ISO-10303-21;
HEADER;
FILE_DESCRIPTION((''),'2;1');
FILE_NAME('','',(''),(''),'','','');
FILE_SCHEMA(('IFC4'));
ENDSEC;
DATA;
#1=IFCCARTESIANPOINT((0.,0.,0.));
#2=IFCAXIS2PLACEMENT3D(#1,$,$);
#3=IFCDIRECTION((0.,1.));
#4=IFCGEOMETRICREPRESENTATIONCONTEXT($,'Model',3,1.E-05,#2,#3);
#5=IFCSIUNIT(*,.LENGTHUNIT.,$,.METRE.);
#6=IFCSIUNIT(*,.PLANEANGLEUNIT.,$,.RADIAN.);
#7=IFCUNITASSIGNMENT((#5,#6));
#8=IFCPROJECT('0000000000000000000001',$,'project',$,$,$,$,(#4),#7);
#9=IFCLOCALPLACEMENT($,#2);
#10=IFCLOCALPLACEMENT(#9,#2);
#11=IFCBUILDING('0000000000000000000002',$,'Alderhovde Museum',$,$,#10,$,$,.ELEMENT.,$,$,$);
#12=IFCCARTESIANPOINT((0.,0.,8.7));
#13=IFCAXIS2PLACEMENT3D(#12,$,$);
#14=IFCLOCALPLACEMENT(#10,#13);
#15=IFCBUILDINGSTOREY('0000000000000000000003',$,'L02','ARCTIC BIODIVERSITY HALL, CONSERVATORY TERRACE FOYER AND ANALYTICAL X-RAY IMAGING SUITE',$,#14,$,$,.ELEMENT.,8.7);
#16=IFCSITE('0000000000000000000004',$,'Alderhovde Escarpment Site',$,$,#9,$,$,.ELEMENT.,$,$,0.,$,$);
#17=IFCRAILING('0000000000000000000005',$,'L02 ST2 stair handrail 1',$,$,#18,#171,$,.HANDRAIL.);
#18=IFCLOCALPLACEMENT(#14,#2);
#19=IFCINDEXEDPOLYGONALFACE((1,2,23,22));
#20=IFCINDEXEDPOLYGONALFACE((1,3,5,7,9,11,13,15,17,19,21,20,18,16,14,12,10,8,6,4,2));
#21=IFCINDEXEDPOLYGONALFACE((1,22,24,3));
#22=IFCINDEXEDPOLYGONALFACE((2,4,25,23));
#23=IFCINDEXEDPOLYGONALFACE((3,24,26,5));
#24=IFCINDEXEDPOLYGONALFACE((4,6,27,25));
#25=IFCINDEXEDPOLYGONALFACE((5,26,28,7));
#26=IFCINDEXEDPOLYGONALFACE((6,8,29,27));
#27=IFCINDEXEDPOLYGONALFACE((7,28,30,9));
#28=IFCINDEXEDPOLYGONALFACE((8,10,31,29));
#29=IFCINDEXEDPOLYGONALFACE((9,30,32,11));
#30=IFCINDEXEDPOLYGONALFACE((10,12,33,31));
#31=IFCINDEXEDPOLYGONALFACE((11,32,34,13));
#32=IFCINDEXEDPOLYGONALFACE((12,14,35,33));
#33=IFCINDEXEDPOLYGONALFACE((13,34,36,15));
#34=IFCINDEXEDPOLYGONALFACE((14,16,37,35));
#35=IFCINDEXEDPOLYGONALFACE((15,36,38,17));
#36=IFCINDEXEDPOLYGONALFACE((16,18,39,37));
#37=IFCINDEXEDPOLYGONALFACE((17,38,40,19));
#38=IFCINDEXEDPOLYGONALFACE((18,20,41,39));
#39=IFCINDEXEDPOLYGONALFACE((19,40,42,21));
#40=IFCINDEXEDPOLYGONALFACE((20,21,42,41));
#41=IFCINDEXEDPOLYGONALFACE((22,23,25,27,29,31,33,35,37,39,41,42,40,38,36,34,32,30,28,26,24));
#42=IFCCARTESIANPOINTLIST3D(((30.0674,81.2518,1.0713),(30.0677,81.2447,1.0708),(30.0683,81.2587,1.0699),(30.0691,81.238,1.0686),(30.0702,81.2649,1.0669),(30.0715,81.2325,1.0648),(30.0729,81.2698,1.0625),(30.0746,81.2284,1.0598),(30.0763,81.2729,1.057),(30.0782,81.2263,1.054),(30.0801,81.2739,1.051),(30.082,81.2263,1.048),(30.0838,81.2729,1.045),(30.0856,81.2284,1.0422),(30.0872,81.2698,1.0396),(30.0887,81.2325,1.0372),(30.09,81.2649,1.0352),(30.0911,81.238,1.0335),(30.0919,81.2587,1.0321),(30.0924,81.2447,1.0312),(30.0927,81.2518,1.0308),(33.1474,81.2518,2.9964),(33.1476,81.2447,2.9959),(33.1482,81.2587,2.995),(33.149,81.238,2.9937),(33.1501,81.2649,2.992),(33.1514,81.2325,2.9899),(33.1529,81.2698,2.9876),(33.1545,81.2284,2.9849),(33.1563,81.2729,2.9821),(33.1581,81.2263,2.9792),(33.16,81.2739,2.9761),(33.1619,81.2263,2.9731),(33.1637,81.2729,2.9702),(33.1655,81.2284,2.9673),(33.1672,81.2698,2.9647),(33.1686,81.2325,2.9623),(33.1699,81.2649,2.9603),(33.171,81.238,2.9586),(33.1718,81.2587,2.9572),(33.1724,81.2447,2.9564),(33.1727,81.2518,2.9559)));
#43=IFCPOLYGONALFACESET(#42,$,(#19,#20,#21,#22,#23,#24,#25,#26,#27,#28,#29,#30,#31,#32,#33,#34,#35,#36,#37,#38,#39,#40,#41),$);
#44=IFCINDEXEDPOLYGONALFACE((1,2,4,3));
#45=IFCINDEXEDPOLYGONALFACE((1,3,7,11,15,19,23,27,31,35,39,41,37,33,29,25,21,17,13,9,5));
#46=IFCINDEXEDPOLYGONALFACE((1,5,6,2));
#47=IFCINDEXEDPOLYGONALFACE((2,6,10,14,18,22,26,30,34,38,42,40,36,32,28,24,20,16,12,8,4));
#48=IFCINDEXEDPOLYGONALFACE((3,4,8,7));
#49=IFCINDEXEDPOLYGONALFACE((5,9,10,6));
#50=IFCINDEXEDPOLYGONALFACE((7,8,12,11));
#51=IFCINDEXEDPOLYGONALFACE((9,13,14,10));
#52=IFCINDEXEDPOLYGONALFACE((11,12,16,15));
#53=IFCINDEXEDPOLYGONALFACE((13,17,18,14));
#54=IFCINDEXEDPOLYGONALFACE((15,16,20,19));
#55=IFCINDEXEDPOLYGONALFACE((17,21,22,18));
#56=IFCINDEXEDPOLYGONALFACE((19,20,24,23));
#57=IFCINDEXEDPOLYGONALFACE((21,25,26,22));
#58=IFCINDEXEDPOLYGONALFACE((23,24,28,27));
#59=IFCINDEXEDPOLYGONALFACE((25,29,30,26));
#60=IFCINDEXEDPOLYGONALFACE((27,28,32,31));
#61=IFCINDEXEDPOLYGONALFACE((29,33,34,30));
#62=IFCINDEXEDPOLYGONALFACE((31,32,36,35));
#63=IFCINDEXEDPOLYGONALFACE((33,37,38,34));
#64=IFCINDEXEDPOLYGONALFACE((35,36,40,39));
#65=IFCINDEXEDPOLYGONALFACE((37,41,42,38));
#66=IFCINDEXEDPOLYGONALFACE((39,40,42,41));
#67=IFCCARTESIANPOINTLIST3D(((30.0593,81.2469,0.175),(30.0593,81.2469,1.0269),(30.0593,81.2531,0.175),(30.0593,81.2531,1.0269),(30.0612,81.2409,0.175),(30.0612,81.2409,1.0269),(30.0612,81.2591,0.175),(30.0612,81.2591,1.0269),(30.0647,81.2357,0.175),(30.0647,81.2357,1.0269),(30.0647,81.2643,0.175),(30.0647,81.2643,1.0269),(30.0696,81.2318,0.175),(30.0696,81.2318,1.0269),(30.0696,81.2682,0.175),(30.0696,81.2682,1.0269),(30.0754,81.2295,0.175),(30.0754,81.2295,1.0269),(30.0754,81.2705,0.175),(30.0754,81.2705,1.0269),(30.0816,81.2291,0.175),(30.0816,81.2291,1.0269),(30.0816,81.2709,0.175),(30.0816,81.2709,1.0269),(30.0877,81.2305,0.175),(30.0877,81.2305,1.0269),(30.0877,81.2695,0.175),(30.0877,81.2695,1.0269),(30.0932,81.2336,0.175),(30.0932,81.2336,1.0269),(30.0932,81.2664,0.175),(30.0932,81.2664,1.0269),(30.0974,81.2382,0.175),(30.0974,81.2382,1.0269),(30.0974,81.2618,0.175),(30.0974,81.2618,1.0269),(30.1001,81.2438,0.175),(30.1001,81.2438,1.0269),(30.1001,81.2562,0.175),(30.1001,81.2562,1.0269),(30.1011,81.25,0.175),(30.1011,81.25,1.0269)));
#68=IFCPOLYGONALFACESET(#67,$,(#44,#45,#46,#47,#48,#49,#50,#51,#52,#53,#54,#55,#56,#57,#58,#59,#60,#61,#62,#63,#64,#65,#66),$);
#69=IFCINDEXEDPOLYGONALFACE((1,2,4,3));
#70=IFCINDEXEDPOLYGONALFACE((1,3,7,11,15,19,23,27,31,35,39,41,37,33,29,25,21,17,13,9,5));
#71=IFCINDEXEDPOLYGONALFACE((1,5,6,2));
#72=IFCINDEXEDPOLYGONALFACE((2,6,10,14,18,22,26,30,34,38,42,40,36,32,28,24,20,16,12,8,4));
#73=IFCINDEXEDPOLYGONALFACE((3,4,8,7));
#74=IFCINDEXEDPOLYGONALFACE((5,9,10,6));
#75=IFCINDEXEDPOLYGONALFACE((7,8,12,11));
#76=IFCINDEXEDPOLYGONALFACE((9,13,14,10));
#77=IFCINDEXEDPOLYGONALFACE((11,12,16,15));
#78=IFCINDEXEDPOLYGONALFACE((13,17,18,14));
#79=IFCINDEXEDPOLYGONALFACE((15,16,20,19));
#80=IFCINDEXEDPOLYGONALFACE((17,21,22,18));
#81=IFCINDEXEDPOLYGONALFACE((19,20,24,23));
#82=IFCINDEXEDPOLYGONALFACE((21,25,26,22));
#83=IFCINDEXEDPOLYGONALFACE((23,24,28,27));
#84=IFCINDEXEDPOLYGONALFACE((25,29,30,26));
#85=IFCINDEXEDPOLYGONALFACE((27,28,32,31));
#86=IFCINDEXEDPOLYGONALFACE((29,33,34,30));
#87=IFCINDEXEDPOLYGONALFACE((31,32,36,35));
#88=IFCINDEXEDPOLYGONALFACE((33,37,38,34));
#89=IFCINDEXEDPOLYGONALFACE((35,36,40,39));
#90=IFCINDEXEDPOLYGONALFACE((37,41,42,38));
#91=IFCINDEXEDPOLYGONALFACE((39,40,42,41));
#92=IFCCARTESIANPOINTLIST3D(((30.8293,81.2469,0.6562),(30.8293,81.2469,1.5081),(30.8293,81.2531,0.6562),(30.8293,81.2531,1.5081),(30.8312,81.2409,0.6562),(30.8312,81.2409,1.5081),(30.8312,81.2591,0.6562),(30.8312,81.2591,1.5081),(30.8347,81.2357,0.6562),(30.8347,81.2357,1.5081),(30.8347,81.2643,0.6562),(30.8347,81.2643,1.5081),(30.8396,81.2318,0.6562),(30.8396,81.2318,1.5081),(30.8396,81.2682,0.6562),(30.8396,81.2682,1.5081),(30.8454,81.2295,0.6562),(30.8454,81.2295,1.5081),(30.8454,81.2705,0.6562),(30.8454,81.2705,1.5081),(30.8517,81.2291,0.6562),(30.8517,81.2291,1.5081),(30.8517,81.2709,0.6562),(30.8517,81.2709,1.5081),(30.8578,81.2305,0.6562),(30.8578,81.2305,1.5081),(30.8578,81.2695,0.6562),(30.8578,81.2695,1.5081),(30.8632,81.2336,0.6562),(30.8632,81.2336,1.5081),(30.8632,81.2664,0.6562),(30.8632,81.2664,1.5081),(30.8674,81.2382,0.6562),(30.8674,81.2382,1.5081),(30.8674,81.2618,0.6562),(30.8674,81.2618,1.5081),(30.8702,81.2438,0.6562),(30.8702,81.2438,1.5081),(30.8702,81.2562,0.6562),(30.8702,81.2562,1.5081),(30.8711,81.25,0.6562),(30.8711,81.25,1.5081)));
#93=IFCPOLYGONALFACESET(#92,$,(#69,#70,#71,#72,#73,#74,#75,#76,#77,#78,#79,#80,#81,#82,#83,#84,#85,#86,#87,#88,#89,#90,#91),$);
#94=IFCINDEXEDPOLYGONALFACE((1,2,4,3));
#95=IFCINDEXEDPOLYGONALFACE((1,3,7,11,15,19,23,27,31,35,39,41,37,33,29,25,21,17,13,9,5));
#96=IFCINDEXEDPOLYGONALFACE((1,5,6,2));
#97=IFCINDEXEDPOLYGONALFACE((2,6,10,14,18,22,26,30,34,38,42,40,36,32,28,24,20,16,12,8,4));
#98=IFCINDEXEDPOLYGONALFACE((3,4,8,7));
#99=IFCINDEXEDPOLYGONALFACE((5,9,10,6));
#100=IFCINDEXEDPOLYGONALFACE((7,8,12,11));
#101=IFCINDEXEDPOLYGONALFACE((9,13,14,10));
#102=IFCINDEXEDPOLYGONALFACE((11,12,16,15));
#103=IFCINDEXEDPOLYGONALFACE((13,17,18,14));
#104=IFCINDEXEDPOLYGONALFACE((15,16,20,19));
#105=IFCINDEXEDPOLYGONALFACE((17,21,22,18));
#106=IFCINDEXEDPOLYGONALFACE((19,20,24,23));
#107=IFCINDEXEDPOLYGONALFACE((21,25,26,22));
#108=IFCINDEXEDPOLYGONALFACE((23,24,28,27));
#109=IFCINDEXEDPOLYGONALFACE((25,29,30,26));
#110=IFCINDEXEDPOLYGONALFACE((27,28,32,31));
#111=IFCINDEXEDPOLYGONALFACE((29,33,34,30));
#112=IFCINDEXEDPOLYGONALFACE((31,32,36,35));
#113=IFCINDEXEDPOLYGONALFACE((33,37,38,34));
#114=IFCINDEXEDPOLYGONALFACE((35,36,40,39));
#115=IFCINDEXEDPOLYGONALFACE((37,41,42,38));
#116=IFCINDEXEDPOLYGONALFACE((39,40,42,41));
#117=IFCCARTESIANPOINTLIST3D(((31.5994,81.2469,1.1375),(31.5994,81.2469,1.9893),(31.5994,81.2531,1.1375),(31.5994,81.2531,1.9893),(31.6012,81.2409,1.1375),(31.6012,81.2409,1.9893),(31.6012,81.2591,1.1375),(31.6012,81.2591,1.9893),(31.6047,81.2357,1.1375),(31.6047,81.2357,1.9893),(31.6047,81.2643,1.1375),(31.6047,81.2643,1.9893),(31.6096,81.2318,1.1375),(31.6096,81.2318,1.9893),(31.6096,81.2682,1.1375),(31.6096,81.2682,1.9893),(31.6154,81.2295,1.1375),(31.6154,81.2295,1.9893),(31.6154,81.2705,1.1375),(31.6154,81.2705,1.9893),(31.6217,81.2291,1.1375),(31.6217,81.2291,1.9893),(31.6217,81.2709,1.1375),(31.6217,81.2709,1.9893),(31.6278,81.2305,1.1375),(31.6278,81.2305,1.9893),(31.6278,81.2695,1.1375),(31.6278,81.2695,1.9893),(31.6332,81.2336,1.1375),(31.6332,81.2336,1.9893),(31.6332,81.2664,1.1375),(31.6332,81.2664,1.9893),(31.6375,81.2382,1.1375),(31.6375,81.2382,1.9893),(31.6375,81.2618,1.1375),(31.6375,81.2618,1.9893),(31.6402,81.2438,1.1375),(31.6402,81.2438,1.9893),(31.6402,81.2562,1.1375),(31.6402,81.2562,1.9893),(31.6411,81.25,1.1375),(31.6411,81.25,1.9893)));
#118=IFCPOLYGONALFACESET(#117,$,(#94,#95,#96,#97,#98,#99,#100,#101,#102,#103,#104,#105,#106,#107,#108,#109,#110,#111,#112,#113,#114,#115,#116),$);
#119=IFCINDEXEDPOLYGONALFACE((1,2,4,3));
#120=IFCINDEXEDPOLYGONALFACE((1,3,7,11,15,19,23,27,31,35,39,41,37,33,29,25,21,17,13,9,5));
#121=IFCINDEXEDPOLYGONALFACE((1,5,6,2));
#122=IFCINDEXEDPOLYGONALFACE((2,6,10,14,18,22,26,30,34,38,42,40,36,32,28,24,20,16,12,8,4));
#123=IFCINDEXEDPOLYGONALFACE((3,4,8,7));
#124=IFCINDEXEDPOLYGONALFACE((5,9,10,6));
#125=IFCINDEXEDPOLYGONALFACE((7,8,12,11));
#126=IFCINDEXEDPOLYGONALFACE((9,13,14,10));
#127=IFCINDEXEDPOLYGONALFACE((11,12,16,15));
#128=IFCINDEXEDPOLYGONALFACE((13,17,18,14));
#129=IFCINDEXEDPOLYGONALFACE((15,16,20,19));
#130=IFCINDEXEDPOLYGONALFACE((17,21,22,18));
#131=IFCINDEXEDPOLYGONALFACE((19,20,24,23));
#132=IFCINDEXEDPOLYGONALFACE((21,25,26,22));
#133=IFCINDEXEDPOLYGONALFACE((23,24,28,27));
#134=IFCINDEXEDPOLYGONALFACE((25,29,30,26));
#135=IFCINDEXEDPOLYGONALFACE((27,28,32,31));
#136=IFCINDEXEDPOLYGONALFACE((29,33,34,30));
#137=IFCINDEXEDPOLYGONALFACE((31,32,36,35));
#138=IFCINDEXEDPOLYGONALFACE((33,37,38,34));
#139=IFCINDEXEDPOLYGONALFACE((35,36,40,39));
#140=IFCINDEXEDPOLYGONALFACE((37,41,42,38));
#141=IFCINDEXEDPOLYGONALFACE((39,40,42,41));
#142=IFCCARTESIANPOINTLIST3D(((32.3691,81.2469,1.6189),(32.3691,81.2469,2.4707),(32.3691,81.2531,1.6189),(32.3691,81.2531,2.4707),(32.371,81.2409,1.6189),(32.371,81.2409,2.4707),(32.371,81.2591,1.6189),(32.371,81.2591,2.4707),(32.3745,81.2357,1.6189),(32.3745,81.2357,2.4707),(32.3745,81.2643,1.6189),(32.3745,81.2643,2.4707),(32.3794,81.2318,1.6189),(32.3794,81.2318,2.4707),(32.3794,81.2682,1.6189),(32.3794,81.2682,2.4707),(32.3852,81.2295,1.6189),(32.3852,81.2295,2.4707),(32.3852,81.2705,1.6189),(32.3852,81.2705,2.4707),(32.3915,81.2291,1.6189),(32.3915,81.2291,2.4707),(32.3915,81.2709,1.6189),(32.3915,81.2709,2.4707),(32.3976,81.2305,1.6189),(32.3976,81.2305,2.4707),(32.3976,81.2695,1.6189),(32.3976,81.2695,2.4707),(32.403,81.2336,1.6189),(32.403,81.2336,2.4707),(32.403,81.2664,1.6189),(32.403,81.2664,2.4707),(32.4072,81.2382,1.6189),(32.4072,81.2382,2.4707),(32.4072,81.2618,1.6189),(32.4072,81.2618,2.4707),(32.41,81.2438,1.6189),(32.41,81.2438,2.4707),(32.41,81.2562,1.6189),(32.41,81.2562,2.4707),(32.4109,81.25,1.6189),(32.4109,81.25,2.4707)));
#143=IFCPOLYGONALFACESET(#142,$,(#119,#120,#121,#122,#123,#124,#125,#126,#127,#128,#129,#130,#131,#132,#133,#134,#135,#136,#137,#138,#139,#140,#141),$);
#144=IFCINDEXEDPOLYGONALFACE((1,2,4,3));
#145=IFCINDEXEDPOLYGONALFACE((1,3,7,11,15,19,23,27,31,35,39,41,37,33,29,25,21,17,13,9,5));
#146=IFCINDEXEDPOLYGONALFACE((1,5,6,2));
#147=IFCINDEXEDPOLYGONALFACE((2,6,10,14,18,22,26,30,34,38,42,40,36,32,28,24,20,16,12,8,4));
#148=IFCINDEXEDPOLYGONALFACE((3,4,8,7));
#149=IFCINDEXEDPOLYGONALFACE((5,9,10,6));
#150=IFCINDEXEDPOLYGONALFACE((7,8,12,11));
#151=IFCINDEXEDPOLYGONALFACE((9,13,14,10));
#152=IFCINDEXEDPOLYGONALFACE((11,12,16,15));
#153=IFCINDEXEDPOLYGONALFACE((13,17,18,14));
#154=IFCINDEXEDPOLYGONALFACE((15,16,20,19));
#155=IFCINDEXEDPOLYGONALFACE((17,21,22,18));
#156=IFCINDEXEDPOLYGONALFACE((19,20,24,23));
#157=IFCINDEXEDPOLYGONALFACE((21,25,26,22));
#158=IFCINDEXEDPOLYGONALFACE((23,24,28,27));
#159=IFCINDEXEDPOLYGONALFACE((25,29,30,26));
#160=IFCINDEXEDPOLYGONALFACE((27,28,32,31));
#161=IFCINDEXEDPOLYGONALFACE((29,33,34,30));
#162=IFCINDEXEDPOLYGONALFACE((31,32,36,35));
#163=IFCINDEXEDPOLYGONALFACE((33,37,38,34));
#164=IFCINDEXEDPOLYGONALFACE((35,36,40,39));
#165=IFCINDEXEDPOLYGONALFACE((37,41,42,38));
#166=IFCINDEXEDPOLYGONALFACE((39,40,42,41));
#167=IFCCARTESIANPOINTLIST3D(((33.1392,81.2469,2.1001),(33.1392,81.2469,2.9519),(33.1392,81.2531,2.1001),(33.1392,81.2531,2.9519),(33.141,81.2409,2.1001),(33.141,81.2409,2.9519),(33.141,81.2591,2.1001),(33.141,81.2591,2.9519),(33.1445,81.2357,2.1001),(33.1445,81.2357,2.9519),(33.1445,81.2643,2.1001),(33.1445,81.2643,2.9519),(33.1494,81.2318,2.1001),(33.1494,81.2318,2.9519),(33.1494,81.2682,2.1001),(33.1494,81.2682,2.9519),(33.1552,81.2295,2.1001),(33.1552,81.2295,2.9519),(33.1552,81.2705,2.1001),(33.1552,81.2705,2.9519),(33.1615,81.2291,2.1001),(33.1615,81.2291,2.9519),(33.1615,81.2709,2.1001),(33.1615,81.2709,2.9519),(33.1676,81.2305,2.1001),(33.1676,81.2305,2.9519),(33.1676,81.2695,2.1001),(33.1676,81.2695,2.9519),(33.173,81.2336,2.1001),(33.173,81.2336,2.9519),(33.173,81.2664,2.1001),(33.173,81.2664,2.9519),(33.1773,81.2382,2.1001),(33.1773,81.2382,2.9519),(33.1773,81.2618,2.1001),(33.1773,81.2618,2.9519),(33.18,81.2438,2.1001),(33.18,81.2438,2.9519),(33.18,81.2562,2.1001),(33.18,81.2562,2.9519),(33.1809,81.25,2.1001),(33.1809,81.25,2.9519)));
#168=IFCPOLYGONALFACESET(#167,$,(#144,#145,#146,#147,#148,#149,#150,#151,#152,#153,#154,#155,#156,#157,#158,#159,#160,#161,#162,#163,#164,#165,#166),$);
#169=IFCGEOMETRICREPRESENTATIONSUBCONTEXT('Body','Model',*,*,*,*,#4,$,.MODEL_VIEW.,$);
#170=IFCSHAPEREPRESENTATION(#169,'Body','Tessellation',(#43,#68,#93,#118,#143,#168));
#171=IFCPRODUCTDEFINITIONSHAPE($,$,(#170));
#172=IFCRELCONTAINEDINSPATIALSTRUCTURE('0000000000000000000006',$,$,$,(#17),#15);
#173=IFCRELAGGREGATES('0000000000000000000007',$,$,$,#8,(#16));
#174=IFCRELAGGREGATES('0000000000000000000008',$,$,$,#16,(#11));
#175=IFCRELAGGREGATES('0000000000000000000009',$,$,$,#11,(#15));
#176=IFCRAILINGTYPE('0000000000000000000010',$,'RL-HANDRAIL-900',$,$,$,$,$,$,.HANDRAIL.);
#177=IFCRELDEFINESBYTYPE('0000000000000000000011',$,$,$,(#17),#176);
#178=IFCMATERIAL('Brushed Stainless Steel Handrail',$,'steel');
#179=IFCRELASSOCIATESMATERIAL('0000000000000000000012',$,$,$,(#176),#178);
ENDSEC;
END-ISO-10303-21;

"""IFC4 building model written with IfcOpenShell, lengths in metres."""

from ifc_helpers import new_model, si_unit, direction, frame, origin, origin_2d, place, context, subcontext, project, spatial, circle, extrude, material, type_object, element, save


model = new_model("IFC4")

# Units and contexts
model_context = context("Model", 3, precision=1e-05, world=origin(), true_north=direction((0.0, 1.0)))
body_context = subcontext(model_context, "Body", "Model", "MODEL_VIEW")
ifc_project = project(units=[si_unit("LENGTHUNIT", "METRE"), si_unit("PLANEANGLEUNIT", "RADIAN")], contexts=[model_context])

# Site, building, storey
site_placement = place(None, origin())
site = spatial("IfcSite", under=ifc_project, at=site_placement, Name="Alderhovde Escarpment Site", CompositionType="ELEMENT", RefElevation=0.0)
building_placement = place(site_placement, origin())
building = spatial("IfcBuilding", under=site, at=building_placement, Name="Alderhovde Museum", CompositionType="ELEMENT")
storey_placement = place(building_placement, frame((0.0, 0.0, 8.7)))
storey = spatial("IfcBuildingStorey", under=building, at=storey_placement, Name="L02", Description="ARCTIC BIODIVERSITY HALL, CONSERVATORY TERRACE FOYER AND ANALYTICAL X-RAY IMAGING SUITE", CompositionType="ELEMENT", Elevation=8.7)

# Railing
ifc_material_1 = material(Name="Brushed Stainless Steel Handrail", Category="steel")
railing_type_1 = type_object("IfcRailingType", Name="RL-HANDRAIL-900", PredefinedType="HANDRAIL", material=ifc_material_1)
railing_1_placement = place(storey_placement, frame((30.0801, 81.25, 0.175)))
element("IfcRailing", 1, at=railing_1_placement, inside=storey, type_object=railing_type_1, Name="L02 ST2 stair handrail 1", PredefinedType="HANDRAIL", context=body_context, shape_type="SweptSolid", body=[
    extrude(circle(Radius=0.0239, at=origin_2d()), frame((0.0, 0.0, 0.876), z_axis=(0.847979, 0.0, 0.530029), x_axis=(0.0, 1.0, 0.0)), (0.0, 0.0, 1.0), 3.6321),
    extrude(circle(Radius=0.021, at=origin_2d()), origin(), (0.0, 0.0, 1.0), 0.8518),
    extrude(circle(Radius=0.021, at=origin_2d()), frame((0.77, 0.0, 0.4812)), (0.0, 0.0, 1.0), 0.8518),
    extrude(circle(Radius=0.021, at=origin_2d()), frame((1.54, 0.0, 0.9624)), (0.0, 0.0, 1.0), 0.8518),
    extrude(circle(Radius=0.021, at=origin_2d()), frame((2.3098, 0.0, 1.4438)), (0.0, 0.0, 1.0), 0.8518),
    extrude(circle(Radius=0.021, at=origin_2d()), frame((3.0798, 0.0, 1.925)), (0.0, 0.0, 1.0), 0.8518),
])

save(model, "model.ifc")
